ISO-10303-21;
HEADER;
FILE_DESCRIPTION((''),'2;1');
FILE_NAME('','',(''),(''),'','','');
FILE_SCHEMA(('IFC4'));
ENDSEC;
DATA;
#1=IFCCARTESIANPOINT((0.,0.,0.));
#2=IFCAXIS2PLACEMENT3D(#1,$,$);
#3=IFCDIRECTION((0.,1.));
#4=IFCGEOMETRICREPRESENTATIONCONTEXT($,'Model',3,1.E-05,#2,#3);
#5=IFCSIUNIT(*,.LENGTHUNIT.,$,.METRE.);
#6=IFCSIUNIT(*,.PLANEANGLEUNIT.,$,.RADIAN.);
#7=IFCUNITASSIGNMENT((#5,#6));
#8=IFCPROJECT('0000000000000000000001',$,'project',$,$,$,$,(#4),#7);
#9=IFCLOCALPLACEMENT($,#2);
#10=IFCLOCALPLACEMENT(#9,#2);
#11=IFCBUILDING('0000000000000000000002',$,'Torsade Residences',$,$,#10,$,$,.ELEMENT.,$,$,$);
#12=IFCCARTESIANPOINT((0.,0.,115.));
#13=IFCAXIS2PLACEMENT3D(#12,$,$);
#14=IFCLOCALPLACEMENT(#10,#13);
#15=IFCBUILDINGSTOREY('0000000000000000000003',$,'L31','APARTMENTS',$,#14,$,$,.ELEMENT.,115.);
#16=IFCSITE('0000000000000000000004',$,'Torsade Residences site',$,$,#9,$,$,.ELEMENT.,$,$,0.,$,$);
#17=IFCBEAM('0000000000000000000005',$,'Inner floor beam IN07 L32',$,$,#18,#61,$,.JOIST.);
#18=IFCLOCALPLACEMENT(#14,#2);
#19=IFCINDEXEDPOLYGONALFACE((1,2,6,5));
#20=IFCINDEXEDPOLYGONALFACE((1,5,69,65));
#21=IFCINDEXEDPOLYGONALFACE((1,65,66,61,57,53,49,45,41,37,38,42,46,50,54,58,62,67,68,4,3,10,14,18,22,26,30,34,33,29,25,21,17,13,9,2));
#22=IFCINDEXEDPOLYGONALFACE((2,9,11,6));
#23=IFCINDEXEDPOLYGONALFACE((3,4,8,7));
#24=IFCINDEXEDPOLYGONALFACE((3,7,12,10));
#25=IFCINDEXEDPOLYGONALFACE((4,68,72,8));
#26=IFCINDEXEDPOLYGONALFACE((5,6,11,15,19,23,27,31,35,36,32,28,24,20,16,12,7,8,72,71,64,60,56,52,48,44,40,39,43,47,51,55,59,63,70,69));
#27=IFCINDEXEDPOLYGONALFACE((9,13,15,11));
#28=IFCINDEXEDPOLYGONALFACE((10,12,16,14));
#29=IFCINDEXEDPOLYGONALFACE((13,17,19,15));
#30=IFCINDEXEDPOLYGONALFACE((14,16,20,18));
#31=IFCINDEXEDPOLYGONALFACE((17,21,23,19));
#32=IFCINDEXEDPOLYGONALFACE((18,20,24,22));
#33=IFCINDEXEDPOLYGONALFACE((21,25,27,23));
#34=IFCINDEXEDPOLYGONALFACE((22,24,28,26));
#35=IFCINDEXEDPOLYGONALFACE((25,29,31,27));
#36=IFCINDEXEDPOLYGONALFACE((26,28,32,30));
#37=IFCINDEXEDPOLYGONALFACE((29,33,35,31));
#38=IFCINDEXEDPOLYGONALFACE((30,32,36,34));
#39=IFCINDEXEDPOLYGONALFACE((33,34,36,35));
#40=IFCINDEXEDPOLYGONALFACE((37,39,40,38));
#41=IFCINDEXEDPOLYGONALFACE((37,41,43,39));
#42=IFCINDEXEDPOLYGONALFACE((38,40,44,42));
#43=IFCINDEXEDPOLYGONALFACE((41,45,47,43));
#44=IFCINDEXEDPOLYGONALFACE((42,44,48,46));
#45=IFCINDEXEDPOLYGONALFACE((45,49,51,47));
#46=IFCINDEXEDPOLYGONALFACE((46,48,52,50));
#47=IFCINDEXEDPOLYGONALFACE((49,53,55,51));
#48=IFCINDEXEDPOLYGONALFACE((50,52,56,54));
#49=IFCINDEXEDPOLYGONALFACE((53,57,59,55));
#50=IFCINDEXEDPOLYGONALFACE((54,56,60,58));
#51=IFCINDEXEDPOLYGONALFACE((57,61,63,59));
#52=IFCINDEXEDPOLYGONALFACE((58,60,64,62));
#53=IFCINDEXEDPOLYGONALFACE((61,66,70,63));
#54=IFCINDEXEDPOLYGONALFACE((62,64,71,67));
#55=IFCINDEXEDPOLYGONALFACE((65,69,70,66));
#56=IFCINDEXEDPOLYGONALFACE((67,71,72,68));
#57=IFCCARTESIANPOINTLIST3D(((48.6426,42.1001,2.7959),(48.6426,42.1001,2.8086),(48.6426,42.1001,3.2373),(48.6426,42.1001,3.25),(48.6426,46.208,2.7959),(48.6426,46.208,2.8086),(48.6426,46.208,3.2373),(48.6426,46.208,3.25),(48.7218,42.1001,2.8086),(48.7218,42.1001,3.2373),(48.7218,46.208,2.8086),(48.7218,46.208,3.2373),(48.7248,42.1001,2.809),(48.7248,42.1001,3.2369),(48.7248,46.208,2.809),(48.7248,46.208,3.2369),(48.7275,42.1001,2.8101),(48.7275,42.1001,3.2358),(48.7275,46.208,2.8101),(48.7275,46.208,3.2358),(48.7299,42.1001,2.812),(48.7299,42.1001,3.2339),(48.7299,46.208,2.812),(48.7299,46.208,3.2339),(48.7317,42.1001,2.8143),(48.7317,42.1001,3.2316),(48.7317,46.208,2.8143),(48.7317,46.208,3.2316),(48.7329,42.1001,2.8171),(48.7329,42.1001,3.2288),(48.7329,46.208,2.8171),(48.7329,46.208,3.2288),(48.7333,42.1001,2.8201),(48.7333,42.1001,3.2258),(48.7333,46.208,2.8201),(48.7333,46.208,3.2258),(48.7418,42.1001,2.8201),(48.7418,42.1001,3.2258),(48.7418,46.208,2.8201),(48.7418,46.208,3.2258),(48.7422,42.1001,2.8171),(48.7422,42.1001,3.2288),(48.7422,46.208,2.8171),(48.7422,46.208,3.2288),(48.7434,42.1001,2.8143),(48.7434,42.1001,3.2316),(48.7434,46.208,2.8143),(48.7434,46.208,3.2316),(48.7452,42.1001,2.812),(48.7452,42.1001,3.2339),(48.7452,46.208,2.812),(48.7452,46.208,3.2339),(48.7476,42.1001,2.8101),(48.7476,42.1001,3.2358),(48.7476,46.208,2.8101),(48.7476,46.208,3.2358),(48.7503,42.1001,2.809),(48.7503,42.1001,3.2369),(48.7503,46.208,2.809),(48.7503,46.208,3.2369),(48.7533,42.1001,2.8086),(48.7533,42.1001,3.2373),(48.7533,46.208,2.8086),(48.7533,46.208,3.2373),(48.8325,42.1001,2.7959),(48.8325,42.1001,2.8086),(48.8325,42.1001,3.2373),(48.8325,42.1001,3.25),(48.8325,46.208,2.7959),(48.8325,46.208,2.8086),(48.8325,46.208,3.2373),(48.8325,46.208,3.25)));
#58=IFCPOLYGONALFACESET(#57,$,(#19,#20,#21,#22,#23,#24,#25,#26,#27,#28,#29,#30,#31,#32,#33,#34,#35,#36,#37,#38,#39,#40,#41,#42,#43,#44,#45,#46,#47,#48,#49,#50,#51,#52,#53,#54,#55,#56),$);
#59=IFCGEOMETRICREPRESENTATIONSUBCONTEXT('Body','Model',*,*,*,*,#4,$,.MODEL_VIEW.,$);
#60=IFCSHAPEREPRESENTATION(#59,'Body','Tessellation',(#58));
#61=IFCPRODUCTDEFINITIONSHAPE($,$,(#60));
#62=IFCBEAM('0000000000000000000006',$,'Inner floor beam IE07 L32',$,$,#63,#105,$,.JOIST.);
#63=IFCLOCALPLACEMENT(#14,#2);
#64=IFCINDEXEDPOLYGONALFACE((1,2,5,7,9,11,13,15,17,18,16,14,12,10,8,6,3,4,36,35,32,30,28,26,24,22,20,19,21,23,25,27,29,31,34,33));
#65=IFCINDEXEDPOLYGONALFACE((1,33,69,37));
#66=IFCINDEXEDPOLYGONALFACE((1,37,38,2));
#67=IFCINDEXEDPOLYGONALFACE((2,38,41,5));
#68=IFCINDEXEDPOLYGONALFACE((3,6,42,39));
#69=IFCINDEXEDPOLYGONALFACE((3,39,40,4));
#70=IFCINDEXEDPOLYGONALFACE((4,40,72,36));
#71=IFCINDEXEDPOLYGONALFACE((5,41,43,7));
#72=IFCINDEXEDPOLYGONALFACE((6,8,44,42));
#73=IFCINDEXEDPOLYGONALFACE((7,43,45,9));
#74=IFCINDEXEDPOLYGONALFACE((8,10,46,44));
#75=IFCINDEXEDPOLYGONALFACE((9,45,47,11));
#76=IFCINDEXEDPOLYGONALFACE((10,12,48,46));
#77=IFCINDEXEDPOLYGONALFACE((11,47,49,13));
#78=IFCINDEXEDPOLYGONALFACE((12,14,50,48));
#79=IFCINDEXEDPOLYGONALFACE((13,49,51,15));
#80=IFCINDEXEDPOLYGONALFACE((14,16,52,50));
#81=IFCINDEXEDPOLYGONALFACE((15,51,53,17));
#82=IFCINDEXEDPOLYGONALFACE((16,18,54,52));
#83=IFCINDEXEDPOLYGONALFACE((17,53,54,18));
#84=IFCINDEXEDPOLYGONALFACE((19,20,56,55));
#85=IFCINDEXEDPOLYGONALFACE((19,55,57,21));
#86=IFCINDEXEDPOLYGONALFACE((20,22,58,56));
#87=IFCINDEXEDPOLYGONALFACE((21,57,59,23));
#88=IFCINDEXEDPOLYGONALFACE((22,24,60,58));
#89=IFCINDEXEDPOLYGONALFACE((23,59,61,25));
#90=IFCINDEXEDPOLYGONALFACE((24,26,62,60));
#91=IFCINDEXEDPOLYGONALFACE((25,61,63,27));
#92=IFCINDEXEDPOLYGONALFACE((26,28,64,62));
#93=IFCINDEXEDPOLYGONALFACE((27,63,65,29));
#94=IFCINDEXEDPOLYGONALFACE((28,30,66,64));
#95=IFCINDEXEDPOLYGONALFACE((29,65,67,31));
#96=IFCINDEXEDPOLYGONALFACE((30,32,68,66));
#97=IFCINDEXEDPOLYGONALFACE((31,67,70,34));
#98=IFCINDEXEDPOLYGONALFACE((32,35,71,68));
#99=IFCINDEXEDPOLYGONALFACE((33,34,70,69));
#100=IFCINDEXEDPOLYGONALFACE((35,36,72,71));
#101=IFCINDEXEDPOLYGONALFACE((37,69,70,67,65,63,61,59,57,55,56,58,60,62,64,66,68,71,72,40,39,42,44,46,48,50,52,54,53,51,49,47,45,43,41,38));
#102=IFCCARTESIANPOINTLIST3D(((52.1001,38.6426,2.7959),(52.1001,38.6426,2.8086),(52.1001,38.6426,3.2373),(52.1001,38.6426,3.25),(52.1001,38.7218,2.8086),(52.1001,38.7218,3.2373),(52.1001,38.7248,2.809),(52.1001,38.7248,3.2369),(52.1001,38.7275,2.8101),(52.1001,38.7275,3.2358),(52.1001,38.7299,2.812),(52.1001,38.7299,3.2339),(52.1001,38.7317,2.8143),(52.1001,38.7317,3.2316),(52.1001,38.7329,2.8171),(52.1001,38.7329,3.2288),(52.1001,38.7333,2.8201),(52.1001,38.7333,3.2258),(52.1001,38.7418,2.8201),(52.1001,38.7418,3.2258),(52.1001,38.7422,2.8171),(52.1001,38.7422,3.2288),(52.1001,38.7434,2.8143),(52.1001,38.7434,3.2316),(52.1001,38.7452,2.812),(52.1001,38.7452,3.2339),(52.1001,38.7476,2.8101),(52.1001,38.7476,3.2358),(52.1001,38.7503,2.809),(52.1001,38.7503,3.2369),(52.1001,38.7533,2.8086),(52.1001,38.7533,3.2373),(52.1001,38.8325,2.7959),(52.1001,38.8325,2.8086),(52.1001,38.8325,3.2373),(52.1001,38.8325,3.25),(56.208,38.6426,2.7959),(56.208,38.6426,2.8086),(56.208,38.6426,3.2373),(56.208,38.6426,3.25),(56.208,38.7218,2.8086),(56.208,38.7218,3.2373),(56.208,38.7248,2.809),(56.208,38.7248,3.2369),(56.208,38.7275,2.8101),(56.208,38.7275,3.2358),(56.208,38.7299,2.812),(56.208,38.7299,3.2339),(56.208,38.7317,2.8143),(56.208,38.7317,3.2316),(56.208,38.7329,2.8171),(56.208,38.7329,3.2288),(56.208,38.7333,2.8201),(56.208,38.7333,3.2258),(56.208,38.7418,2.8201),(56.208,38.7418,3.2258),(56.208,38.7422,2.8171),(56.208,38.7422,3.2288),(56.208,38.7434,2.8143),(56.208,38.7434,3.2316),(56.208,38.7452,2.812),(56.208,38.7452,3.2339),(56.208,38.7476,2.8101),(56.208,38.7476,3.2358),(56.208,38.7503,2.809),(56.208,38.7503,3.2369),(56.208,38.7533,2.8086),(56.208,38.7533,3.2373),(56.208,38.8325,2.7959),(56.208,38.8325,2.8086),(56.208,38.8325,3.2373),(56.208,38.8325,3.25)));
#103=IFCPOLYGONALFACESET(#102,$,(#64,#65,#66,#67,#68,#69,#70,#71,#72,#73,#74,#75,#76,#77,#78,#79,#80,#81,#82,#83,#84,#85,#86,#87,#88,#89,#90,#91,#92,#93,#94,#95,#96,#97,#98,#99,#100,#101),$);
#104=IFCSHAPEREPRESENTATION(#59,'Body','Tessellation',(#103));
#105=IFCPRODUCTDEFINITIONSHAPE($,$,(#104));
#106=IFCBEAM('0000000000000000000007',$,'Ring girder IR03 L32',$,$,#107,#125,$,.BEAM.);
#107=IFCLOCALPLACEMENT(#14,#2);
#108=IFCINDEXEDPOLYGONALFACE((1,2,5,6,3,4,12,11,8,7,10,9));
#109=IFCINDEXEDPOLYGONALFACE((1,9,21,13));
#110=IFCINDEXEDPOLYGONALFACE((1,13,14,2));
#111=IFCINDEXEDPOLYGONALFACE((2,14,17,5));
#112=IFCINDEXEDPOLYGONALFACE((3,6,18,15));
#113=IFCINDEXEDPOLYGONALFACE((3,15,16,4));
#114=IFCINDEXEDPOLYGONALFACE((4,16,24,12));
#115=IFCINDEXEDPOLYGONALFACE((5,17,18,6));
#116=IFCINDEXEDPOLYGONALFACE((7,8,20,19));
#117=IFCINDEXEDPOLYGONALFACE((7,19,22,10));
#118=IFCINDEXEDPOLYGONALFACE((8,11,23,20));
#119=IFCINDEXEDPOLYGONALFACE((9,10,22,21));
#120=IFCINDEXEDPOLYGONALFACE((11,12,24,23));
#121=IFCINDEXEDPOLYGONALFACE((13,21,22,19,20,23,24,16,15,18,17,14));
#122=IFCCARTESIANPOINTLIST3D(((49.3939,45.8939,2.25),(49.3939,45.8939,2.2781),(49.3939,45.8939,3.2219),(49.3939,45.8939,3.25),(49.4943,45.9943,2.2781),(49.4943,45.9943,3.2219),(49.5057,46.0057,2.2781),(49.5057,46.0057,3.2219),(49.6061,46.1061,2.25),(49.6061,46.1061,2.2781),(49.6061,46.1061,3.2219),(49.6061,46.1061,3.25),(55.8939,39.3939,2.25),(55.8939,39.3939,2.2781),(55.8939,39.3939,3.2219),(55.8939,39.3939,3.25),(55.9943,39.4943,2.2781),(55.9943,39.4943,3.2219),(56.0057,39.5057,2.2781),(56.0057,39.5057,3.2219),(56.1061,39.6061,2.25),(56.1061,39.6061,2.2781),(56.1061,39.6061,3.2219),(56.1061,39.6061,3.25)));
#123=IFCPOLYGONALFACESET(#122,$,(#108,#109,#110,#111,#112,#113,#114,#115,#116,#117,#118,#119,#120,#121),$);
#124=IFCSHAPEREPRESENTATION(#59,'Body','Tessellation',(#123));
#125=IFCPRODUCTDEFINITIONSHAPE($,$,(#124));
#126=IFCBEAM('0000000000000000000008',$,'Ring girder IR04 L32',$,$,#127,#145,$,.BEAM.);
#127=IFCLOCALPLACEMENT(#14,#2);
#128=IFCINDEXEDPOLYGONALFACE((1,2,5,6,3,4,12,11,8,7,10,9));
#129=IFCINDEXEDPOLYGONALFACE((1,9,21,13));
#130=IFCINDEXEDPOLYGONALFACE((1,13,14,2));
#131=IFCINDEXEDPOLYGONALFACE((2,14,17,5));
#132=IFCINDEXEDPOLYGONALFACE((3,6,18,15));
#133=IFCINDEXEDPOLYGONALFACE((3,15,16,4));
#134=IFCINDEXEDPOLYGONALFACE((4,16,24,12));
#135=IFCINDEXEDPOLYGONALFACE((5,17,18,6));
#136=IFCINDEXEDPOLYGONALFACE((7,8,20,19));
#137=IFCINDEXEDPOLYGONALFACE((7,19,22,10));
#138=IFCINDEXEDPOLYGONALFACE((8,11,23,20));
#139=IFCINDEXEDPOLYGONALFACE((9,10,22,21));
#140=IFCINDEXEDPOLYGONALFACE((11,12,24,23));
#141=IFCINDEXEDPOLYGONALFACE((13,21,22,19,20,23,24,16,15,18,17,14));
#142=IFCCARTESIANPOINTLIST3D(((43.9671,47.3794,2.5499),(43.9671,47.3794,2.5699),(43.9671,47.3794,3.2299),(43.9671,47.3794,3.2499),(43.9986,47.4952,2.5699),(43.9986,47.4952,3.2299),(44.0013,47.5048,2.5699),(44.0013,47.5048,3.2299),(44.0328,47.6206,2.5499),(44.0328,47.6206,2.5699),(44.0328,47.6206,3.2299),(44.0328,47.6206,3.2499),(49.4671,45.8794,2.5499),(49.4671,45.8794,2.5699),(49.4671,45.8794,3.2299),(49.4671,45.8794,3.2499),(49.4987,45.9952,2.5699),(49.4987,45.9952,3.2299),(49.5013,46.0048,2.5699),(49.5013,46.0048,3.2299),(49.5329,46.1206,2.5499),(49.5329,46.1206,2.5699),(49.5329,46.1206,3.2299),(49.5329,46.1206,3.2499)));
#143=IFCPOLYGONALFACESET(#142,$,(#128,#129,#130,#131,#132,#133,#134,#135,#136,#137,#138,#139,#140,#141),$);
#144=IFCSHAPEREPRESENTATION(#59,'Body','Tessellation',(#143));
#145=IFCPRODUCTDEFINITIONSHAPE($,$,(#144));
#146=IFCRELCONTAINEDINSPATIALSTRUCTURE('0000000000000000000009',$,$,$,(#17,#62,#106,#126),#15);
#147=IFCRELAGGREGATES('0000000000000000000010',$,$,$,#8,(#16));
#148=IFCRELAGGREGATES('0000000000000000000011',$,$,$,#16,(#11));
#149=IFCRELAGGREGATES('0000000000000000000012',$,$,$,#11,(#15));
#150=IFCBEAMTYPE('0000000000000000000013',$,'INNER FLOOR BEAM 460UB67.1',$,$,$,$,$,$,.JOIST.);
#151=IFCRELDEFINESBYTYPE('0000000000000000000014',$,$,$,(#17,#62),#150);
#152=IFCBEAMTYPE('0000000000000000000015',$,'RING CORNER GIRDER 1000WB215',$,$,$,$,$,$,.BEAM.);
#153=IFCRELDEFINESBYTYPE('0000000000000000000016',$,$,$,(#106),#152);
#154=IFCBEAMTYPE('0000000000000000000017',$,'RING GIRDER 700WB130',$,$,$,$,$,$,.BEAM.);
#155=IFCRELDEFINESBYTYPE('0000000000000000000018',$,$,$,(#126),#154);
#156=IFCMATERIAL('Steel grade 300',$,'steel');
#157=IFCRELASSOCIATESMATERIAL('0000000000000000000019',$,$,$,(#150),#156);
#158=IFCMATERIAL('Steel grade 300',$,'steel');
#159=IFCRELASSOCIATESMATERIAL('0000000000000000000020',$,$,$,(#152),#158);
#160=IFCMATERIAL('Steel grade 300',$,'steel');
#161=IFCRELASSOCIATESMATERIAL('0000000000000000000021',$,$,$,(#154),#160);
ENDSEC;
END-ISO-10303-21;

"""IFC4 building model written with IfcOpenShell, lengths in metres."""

from ifc_helpers import new_model, si_unit, direction, frame, origin, origin_2d, place, context, subcontext, project, spatial, i_section, extrude, material, material_profile, profile_set, type_object, element, save


model = new_model("IFC4")

# Units and contexts
model_context = context("Model", 3, precision=1e-05, world=origin(), true_north=direction((0.0, 1.0)))
body_context = subcontext(model_context, "Body", "Model", "MODEL_VIEW")
ifc_project = project(units=[si_unit("LENGTHUNIT", "METRE"), si_unit("PLANEANGLEUNIT", "RADIAN")], contexts=[model_context])

# Site, building, storey
site_placement = place(None, origin())
site = spatial("IfcSite", under=ifc_project, at=site_placement, Name="Torsade Residences site", CompositionType="ELEMENT", RefElevation=0.0)
building_placement = place(site_placement, origin())
building = spatial("IfcBuilding", under=site, at=building_placement, Name="Torsade Residences", CompositionType="ELEMENT")
storey_placement = place(building_placement, frame((0.0, 0.0, 115.0)))
storey = spatial("IfcBuildingStorey", under=building, at=storey_placement, Name="L31", Description="APARTMENTS", CompositionType="ELEMENT", Elevation=115.0)

# Beams
ifc_material_1 = material(Name="Steel grade 300", Category="steel")
ifc_material_profile_1 = material_profile(ifc_material_1, i_section(OverallWidth=0.1899, OverallDepth=0.4541, WebThickness=0.0085, FlangeThickness=0.0127, FilletRadius=0.0115, at=origin_2d()), Name="460UB67.1")
ifc_profile_set_1 = profile_set([ifc_material_profile_1], Name="Steel grade 300")
beam_type_1 = type_object("IfcBeamType", Name="INNER FLOOR BEAM 460UB67.1", PredefinedType="JOIST", material=ifc_profile_set_1)
for number, where, z_axis, x_axis, name in (
    (1, (48.7375, 42.1001, 3.0229), (0.0, 1.0, 0.0), (-1.0, 0.0, 0.0), "Inner floor beam IN07 L32"),
    (2, (52.1001, 38.7375, 3.0229), (1.0, 0.0, 0.0), (0.0, 1.0, 0.0), "Inner floor beam IE07 L32"),
):
    element("IfcBeam", number, at=place(storey_placement, frame(where, z_axis=z_axis, x_axis=x_axis)), inside=storey, type_object=beam_type_1, Name=name, PredefinedType="JOIST", context=body_context, shape_type="SweptSolid", body=[
        extrude(i_section(OverallWidth=0.1899, OverallDepth=0.4541, WebThickness=0.0085, FlangeThickness=0.0127, FilletRadius=0.0115, at=origin_2d()), origin(), (0.0, 0.0, 1.0), 4.1079),
    ])
ifc_material_2 = material(Name="Steel grade 300", Category="steel")
ifc_material_profile_2 = material_profile(ifc_material_2, i_section(OverallWidth=0.3, OverallDepth=1.0, WebThickness=0.0161, FlangeThickness=0.0281, at=origin_2d()), Name="1000WB215")
ifc_profile_set_2 = profile_set([ifc_material_profile_2], Name="Steel grade 300")
beam_type_2 = type_object("IfcBeamType", Name="RING CORNER GIRDER 1000WB215", PredefinedType="BEAM", material=ifc_profile_set_2)
beam_1_placement = place(storey_placement, frame((56.0, 39.5, 2.75), z_axis=(-0.707107, 0.707107, 0.0), x_axis=(-0.707107, -0.707107, 0.0)))
element("IfcBeam", 3, at=beam_1_placement, inside=storey, type_object=beam_type_2, Name="Ring girder IR03 L32", PredefinedType="BEAM", context=body_context, shape_type="SweptSolid", body=[
    extrude(i_section(OverallWidth=0.3, OverallDepth=1.0, WebThickness=0.0161, FlangeThickness=0.0281, at=origin_2d()), origin(), (0.0, 0.0, 1.0), 9.1924),
])
ifc_material_3 = material(Name="Steel grade 300", Category="steel")
ifc_material_profile_3 = material_profile(ifc_material_3, i_section(OverallWidth=0.25, OverallDepth=0.7, WebThickness=0.01, FlangeThickness=0.02, at=origin_2d()), Name="700WB130")
ifc_profile_set_3 = profile_set([ifc_material_profile_3], Name="Steel grade 300")
beam_type_3 = type_object("IfcBeamType", Name="RING GIRDER 700WB130", PredefinedType="BEAM", material=ifc_profile_set_3)
beam_2_placement = place(storey_placement, frame((49.5, 46.0, 2.8999), z_axis=(-0.964764, 0.263117, 0.0), x_axis=(-0.263117, -0.964764, 0.0)))
element("IfcBeam", 4, at=beam_2_placement, inside=storey, type_object=beam_type_3, Name="Ring girder IR04 L32", PredefinedType="BEAM", context=body_context, shape_type="SweptSolid", body=[
    extrude(i_section(OverallWidth=0.25, OverallDepth=0.7, WebThickness=0.01, FlangeThickness=0.02, at=origin_2d()), origin(), (0.0, 0.0, 1.0), 5.7009),
])

save(model, "model.ifc")
